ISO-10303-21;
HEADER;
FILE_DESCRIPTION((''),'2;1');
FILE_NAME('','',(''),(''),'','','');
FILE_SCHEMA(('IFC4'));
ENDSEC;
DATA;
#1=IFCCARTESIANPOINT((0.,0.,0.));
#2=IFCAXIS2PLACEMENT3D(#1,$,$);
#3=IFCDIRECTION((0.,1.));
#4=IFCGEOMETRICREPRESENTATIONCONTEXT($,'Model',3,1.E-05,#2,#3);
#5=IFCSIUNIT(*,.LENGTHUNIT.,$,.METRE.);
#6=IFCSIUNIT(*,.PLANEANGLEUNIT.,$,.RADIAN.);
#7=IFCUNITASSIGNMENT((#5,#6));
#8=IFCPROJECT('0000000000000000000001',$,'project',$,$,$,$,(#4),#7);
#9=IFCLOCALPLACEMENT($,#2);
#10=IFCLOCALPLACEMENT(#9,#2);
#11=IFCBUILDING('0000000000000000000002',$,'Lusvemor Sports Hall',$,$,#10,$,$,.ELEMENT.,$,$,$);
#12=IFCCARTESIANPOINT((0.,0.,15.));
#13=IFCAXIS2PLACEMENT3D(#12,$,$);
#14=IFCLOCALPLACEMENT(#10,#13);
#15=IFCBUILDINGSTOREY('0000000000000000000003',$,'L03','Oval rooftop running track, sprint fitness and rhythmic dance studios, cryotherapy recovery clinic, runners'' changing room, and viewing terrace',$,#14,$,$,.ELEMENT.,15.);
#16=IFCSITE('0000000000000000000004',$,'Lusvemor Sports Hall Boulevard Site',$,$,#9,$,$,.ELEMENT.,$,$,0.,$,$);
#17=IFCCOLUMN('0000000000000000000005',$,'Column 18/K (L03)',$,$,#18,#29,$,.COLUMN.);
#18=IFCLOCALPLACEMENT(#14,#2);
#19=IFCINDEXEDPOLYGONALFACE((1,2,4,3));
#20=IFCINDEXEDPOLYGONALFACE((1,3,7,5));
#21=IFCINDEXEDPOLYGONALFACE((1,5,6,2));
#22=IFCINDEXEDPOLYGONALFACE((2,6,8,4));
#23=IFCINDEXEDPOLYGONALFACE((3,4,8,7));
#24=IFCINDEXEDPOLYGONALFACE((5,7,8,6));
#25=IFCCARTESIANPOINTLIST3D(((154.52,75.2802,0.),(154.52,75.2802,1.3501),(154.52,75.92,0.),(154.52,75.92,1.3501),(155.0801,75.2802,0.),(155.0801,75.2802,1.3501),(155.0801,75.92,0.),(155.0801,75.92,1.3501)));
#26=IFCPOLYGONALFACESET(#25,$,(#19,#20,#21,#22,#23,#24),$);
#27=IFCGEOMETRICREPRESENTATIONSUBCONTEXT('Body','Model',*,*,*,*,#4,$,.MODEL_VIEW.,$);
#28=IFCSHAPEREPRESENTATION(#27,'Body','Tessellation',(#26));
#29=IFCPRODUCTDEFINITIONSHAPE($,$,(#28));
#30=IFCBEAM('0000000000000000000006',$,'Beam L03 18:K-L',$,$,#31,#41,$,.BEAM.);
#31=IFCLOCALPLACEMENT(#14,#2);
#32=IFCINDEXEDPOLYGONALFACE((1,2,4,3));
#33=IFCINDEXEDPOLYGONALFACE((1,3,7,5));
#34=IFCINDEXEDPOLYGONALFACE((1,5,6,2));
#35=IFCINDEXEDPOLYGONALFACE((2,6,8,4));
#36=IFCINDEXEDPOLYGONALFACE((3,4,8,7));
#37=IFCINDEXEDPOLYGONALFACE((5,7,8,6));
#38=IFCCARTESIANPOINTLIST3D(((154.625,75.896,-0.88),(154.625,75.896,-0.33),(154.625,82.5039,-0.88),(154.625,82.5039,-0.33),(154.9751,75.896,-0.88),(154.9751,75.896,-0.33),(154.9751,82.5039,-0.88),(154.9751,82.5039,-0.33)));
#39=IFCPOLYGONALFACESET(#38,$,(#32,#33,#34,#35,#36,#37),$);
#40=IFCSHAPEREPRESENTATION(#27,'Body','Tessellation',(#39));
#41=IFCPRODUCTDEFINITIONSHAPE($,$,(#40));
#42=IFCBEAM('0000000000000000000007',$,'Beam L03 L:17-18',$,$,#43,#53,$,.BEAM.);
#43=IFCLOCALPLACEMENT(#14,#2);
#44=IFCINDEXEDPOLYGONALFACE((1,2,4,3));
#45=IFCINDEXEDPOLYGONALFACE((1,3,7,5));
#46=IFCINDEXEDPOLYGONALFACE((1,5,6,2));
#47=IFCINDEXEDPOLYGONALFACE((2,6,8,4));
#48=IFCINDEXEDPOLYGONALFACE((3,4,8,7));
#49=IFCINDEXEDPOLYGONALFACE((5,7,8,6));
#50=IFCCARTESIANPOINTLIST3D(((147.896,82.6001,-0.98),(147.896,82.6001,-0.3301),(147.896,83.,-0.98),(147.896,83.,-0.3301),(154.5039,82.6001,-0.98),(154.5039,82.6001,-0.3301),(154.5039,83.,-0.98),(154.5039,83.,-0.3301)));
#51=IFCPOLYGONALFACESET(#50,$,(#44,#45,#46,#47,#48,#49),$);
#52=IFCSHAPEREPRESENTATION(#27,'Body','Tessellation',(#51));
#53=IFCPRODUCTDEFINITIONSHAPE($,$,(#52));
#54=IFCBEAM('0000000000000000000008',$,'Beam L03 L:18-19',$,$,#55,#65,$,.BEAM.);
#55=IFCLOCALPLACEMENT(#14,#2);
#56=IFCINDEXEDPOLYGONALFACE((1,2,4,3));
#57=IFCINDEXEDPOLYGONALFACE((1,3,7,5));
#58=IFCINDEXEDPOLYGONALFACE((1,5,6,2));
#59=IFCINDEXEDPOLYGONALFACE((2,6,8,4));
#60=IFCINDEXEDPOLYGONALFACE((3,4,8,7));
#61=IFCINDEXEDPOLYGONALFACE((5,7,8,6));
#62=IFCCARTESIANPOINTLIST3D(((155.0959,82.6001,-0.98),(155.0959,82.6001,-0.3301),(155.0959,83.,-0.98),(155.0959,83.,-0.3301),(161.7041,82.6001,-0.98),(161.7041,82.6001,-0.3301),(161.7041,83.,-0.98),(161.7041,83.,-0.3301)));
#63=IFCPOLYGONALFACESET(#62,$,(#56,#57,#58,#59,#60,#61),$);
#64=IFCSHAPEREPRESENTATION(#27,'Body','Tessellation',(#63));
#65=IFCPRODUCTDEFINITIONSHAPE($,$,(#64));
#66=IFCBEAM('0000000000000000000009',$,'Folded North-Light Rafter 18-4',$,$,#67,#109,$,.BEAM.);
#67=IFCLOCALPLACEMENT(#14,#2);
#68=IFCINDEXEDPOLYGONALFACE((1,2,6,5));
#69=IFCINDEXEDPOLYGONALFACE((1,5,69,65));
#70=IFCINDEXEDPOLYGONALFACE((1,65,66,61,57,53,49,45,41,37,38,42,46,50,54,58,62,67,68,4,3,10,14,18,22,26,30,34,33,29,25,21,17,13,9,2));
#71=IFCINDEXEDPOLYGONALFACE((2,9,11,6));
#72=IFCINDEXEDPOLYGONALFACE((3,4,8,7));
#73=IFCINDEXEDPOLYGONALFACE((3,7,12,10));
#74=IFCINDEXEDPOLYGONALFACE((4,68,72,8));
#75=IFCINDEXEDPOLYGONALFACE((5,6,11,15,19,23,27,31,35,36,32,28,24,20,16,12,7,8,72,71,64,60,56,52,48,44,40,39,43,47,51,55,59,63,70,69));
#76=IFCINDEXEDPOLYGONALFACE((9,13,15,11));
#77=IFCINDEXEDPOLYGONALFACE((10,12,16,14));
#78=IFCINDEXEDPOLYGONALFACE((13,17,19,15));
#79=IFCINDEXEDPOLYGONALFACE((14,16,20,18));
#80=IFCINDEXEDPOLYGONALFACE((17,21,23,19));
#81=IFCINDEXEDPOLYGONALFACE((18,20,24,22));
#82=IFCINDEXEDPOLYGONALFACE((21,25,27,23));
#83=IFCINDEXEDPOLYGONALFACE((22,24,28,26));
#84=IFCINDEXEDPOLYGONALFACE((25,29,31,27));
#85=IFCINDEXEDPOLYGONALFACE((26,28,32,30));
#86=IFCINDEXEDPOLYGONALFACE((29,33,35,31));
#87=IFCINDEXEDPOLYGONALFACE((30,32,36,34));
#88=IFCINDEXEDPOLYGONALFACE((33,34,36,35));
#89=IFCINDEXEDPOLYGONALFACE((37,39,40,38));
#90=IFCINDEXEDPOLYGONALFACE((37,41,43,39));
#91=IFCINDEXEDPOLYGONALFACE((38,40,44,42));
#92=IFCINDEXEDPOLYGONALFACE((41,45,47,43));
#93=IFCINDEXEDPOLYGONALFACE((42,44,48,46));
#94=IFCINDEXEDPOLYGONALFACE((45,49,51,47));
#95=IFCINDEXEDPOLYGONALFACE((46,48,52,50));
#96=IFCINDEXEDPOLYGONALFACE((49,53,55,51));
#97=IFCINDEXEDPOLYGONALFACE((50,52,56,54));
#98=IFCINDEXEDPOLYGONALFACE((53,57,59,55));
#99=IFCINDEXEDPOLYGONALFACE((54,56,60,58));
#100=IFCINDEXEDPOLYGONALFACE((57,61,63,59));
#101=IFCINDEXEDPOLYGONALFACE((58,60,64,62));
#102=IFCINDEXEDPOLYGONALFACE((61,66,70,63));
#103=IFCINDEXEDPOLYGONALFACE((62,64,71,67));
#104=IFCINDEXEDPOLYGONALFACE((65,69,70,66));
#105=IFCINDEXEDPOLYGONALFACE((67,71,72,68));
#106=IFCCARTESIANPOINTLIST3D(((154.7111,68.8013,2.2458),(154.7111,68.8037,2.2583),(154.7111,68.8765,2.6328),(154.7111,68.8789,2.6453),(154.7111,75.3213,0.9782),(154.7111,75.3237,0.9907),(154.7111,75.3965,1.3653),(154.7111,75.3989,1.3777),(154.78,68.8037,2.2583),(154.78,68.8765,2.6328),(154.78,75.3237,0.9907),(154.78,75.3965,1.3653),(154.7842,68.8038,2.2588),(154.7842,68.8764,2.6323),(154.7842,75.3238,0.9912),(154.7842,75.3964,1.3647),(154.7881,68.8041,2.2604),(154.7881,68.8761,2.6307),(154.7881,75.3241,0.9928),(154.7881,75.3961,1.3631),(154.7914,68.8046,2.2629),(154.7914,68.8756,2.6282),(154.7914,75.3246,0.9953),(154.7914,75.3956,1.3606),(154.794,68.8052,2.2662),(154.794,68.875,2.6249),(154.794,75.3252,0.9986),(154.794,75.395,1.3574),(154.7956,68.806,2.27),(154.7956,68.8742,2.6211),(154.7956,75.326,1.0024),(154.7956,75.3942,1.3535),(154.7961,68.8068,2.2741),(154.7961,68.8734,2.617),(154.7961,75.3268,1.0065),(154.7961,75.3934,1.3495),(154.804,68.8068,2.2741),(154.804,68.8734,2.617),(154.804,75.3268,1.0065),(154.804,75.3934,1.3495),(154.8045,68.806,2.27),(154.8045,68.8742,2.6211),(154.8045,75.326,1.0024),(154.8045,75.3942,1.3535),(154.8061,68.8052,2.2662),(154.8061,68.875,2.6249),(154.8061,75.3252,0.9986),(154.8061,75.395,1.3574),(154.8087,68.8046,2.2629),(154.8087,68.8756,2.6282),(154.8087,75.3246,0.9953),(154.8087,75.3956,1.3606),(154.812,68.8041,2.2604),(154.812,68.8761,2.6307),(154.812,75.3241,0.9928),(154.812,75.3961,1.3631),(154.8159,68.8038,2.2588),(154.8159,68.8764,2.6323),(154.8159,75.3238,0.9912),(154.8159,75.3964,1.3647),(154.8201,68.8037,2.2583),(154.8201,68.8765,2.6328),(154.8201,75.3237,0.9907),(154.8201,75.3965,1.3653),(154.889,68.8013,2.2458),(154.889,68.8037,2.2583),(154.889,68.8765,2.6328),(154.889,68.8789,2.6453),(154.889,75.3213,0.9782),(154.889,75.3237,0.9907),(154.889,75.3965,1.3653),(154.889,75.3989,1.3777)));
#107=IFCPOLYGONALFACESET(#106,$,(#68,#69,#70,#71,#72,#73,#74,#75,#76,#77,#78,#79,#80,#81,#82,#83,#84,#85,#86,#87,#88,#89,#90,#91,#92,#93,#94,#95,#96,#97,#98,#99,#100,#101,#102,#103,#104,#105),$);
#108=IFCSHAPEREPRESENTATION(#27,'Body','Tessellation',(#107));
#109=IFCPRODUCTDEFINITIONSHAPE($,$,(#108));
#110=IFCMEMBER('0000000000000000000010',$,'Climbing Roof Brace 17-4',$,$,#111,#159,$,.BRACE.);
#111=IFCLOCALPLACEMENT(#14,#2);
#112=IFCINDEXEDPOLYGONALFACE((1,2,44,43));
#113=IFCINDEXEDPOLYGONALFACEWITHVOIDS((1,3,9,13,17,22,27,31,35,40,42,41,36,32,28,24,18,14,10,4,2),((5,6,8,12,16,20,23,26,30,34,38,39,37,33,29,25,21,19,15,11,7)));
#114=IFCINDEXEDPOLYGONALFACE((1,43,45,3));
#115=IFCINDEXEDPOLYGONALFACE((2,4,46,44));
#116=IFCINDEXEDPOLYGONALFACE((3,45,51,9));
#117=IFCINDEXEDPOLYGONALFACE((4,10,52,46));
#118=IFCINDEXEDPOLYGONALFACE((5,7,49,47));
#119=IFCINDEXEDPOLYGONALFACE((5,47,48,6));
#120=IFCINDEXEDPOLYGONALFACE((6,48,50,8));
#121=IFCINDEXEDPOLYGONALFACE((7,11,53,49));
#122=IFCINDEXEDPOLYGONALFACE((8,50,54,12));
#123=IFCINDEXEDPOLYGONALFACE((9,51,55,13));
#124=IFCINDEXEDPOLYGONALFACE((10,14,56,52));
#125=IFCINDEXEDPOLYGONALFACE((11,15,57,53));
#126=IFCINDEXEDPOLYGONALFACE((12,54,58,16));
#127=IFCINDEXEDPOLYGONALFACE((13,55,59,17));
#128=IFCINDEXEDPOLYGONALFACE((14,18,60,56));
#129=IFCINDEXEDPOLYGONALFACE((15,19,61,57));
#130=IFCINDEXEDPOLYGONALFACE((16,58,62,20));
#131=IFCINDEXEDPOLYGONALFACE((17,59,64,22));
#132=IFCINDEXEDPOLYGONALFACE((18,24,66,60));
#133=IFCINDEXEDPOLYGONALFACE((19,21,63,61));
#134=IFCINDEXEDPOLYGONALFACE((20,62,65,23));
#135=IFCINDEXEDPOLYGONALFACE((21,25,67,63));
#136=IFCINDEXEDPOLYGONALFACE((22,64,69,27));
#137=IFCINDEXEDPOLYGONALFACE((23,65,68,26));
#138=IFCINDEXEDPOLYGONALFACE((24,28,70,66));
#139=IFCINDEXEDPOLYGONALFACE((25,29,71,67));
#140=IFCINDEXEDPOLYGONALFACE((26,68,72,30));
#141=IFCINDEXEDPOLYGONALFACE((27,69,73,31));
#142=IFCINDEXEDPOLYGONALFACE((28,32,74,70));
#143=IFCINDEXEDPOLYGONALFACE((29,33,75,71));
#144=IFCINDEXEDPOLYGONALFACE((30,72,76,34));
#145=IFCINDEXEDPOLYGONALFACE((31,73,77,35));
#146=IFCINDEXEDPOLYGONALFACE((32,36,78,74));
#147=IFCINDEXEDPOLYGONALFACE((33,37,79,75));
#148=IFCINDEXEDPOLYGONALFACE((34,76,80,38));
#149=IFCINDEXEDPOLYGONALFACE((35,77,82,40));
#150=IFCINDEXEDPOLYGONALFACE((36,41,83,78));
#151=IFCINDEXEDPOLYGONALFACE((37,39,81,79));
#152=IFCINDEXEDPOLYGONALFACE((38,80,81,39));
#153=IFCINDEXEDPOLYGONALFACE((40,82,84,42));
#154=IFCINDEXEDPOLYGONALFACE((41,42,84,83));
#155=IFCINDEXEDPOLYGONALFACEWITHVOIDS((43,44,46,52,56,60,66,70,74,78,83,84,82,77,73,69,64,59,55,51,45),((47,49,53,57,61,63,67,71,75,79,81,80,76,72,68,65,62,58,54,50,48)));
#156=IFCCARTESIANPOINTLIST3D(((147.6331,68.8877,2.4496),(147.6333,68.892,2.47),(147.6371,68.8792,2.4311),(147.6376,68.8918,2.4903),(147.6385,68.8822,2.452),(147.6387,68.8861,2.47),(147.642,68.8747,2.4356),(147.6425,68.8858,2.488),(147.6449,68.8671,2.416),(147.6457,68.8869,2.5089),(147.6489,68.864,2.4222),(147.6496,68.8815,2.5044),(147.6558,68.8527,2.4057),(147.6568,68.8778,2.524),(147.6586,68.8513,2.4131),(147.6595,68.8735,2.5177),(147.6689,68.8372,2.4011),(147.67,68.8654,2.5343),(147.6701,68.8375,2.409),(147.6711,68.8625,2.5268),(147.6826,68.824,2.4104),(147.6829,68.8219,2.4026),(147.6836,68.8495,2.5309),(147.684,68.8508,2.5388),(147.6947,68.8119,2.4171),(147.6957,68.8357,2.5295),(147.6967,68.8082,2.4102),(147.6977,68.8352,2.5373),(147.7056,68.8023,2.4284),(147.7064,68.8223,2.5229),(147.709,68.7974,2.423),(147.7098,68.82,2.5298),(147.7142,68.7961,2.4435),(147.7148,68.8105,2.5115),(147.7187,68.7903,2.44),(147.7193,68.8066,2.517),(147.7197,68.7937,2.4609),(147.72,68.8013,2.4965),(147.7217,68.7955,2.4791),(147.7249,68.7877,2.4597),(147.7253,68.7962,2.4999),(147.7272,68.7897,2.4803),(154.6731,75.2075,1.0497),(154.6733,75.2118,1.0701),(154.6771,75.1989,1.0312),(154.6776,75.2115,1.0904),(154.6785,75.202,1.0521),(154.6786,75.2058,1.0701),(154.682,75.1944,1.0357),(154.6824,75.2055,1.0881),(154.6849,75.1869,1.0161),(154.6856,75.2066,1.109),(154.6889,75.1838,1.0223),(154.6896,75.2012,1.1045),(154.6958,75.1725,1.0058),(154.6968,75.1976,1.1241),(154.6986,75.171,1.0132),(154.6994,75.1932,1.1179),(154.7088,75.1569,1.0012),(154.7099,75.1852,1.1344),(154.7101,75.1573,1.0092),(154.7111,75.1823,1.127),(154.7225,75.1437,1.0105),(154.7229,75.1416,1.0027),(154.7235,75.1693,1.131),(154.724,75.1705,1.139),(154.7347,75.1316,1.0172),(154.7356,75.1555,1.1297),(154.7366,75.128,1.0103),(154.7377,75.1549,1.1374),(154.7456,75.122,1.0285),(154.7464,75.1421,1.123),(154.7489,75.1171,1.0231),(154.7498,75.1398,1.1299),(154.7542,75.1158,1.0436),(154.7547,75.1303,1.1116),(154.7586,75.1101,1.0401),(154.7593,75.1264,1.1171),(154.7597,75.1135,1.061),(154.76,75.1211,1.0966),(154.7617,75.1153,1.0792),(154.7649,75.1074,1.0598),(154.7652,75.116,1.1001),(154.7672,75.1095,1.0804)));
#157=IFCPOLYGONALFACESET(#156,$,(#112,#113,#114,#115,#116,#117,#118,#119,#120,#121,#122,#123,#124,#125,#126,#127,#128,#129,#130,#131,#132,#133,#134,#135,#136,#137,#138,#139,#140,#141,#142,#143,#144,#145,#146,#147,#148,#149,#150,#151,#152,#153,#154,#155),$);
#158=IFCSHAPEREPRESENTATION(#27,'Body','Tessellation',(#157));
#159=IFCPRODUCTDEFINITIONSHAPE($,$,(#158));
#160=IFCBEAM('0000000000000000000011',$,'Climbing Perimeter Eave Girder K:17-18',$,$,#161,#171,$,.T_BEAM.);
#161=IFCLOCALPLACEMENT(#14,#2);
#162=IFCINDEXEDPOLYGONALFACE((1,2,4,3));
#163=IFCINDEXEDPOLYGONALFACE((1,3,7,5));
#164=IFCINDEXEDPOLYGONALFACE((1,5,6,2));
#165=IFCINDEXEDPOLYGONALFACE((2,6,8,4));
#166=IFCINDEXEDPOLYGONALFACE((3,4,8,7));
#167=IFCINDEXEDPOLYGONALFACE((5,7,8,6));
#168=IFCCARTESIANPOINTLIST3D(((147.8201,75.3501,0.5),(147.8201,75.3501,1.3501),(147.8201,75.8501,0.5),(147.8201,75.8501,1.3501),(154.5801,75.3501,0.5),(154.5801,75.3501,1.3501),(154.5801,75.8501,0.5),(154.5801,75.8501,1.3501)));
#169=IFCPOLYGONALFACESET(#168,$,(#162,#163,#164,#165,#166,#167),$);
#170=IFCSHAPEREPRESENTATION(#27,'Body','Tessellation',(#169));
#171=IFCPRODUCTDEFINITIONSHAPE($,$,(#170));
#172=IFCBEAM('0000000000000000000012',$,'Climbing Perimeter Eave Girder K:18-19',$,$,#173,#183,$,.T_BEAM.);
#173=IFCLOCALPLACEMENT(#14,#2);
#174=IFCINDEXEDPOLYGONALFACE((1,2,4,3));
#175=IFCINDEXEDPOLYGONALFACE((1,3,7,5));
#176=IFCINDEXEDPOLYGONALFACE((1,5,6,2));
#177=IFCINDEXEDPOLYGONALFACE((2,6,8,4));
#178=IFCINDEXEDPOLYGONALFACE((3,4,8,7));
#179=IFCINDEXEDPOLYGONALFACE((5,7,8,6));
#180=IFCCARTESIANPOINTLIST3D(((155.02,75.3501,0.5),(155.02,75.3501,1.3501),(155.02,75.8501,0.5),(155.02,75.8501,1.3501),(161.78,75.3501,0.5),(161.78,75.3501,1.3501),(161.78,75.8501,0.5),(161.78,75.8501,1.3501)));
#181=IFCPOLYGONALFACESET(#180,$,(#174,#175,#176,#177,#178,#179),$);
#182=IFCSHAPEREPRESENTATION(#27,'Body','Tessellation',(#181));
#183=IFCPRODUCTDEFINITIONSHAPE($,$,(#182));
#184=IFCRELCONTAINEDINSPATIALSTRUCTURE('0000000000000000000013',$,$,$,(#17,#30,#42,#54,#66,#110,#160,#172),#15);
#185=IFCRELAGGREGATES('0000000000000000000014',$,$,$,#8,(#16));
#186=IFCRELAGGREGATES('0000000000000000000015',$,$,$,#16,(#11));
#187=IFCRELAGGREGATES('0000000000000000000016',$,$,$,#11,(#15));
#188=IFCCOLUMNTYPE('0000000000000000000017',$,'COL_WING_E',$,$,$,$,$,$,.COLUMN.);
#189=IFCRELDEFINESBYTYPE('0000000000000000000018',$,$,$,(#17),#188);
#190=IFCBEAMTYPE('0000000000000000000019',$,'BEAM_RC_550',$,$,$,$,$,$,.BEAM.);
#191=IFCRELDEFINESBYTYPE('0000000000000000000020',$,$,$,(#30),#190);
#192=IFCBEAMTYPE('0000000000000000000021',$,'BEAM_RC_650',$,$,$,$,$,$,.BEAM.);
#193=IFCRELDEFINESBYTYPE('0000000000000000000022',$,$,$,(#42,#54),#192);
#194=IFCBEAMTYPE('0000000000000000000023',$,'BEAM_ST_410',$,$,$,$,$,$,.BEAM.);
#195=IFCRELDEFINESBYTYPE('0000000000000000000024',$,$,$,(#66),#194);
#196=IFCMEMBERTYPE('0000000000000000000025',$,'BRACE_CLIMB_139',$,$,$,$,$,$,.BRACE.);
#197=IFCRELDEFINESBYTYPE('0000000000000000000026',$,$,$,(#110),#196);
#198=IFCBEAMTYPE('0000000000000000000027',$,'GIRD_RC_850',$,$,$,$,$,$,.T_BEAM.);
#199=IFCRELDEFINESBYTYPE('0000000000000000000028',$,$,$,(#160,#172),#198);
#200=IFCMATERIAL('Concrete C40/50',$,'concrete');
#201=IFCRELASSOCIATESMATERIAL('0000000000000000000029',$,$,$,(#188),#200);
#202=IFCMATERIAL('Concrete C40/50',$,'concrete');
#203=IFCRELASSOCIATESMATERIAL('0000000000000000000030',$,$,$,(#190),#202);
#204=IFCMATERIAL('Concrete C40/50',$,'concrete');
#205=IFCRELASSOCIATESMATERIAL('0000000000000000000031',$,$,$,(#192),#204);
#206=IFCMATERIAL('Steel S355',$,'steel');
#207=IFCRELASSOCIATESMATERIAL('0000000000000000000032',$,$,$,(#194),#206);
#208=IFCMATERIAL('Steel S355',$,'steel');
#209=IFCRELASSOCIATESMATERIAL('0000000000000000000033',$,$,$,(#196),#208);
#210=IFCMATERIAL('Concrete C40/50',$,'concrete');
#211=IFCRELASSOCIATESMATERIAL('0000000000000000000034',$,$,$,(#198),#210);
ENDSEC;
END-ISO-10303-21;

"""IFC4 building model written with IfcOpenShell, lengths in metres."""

from ifc_helpers import new_model, si_unit, direction, frame, origin, origin_2d, place, context, subcontext, project, spatial, rectangle, hollow_circle, i_section, extrude, material, material_profile, profile_set, type_object, element, save


model = new_model("IFC4")

# Units and contexts
model_context = context("Model", 3, precision=1e-05, world=origin(), true_north=direction((0.0, 1.0)))
body_context = subcontext(model_context, "Body", "Model", "MODEL_VIEW")
ifc_project = project(units=[si_unit("LENGTHUNIT", "METRE"), si_unit("PLANEANGLEUNIT", "RADIAN")], contexts=[model_context])

# Site, building, storey
site_placement = place(None, origin())
site = spatial("IfcSite", under=ifc_project, at=site_placement, Name="Lusvemor Sports Hall Boulevard Site", CompositionType="ELEMENT", RefElevation=0.0)
building_placement = place(site_placement, origin())
building = spatial("IfcBuilding", under=site, at=building_placement, Name="Lusvemor Sports Hall", CompositionType="ELEMENT")
storey_placement = place(building_placement, frame((0.0, 0.0, 15.0)))
storey = spatial("IfcBuildingStorey", under=building, at=storey_placement, Name="L03", Description="Oval rooftop running track, sprint fitness and rhythmic dance studios, cryotherapy recovery clinic, runners' changing room, and viewing terrace", CompositionType="ELEMENT", Elevation=15.0)

# Column
ifc_material_1 = material(Name="Concrete C40/50", Category="concrete")
ifc_material_profile_1 = material_profile(ifc_material_1, rectangle(XDim=0.5601, YDim=0.6399, at=origin_2d()), Name="RC560x640")
ifc_profile_set_1 = profile_set([ifc_material_profile_1], Name="Concrete C40/50")
column_type = type_object("IfcColumnType", Name="COL_WING_E", PredefinedType="COLUMN", material=ifc_profile_set_1)
column_placement = place(storey_placement, frame((154.8, 75.6001, 0.0), z_axis=(0.0, 0.0, 1.0), x_axis=(1.0, 0.0, 0.0)))
element("IfcColumn", 1, at=column_placement, inside=storey, type_object=column_type, Name="Column 18/K (L03)", PredefinedType="COLUMN", context=body_context, shape_type="SweptSolid", body=[
    extrude(rectangle(XDim=0.5601, YDim=0.6399, at=origin_2d()), origin(), (0.0, 0.0, 1.0), 1.3501),
])

# Beams
ifc_material_2 = material(Name="Concrete C40/50", Category="concrete")
ifc_material_profile_2 = material_profile(ifc_material_2, rectangle(XDim=0.3501, YDim=0.55, at=origin_2d()), Name="RC350x550")
ifc_profile_set_2 = profile_set([ifc_material_profile_2], Name="Concrete C40/50")
beam_type_1 = type_object("IfcBeamType", Name="BEAM_RC_550", PredefinedType="BEAM", material=ifc_profile_set_2)
beam_1_placement = place(storey_placement, frame((154.8, 75.896, -0.605), z_axis=(0.0, 1.0, 0.0), x_axis=(-1.0, 0.0, 0.0)))
element("IfcBeam", 2, at=beam_1_placement, inside=storey, type_object=beam_type_1, Name="Beam L03 18:K-L", PredefinedType="BEAM", context=body_context, shape_type="SweptSolid", body=[
    extrude(rectangle(XDim=0.3501, YDim=0.55, at=origin_2d()), origin(), (0.0, 0.0, 1.0), 6.6079),
])
ifc_material_3 = material(Name="Concrete C40/50", Category="concrete")
ifc_material_profile_3 = material_profile(ifc_material_3, rectangle(XDim=0.3999, YDim=0.6499, at=origin_2d()), Name="RC400x650")
ifc_profile_set_3 = profile_set([ifc_material_profile_3], Name="Concrete C40/50")
beam_type_2 = type_object("IfcBeamType", Name="BEAM_RC_650", PredefinedType="BEAM", material=ifc_profile_set_3)
beam_2_placement = place(storey_placement, frame((147.896, 82.8, -0.655), z_axis=(1.0, 0.0, 0.0), x_axis=(0.0, 1.0, 0.0)))
element("IfcBeam", 3, at=beam_2_placement, inside=storey, type_object=beam_type_2, Name="Beam L03 L:17-18", PredefinedType="BEAM", context=body_context, shape_type="SweptSolid", body=[
    extrude(rectangle(XDim=0.3999, YDim=0.6499, at=origin_2d()), origin(), (0.0, 0.0, 1.0), 6.6079),
])
beam_3_placement = place(storey_placement, frame((155.0959, 82.8, -0.655), z_axis=(1.0, 0.0, 0.0), x_axis=(0.0, 1.0, 0.0)))
element("IfcBeam", 4, at=beam_3_placement, inside=storey, type_object=beam_type_2, Name="Beam L03 L:18-19", PredefinedType="BEAM", context=body_context, shape_type="SweptSolid", body=[
    extrude(rectangle(XDim=0.3999, YDim=0.6499, at=origin_2d()), origin(), (0.0, 0.0, 1.0), 6.6082),
])
ifc_material_4 = material(Name="Steel S355", Category="steel")
ifc_material_profile_4 = material_profile(ifc_material_4, i_section(OverallWidth=0.178, OverallDepth=0.407, WebThickness=0.0078, FlangeThickness=0.0127, FilletRadius=0.0161, at=origin_2d()), Name="W410x60.0")
ifc_profile_set_4 = profile_set([ifc_material_profile_4], Name="Steel S355")
beam_type_3 = type_object("IfcBeamType", Name="BEAM_ST_410", PredefinedType="BEAM", material=ifc_profile_set_4)
beam_4_placement = place(storey_placement, frame((154.8, 68.8401, 2.4456), z_axis=(0.0, 0.981621, -0.19084), x_axis=(-1.0, 0.0, 0.0)))
element("IfcBeam", 5, at=beam_4_placement, inside=storey, type_object=beam_type_3, Name="Folded North-Light Rafter 18-4", PredefinedType="BEAM", context=body_context, shape_type="SweptSolid", body=[
    extrude(i_section(OverallWidth=0.178, OverallDepth=0.407, WebThickness=0.0078, FlangeThickness=0.0127, FilletRadius=0.0161, at=origin_2d()), origin(), (0.0, 0.0, 1.0), 6.6421),
])

# Member
ifc_material_5 = material(Name="Steel S355", Category="steel")
ifc_material_profile_5 = material_profile(ifc_material_5, hollow_circle(Radius=0.0698, WallThickness=0.0081, at=origin_2d()), Name="CHS139.7x8.0")
ifc_profile_set_5 = profile_set([ifc_material_profile_5], Name="Steel S355")
member_type_1 = type_object("IfcMemberType", Name="BRACE_CLIMB_139", PredefinedType="BRACE", material=ifc_profile_set_5)
member_placement = place(storey_placement, frame((147.6799, 68.8401, 2.47), z_axis=(0.73613, 0.660822, -0.146378), x_axis=(-0.668017, 0.744146, 0.0)))
element("IfcMember", 6, at=member_placement, inside=storey, type_object=member_type_1, Name="Climbing Roof Brace 17-4", PredefinedType="BRACE", context=body_context, shape_type="SweptSolid", body=[
    extrude(hollow_circle(Radius=0.0698, WallThickness=0.0081, at=origin_2d()), origin(), (0.0, 0.0, 1.0), 9.5635),
])

# Beams
ifc_material_6 = material(Name="Concrete C40/50", Category="concrete")
ifc_material_profile_6 = material_profile(ifc_material_6, rectangle(XDim=0.5, YDim=0.8501, at=origin_2d()), Name="RC500x850")
ifc_profile_set_6 = profile_set([ifc_material_profile_6], Name="Concrete C40/50")
beam_type_4 = type_object("IfcBeamType", Name="GIRD_RC_850", PredefinedType="T_BEAM", material=ifc_profile_set_6)
for number, where, z_axis, x_axis, name in (
    (7, (147.8201, 75.6001, 0.925), (1.0, 0.0, 0.0), (0.0, 1.0, 0.0), "Climbing Perimeter Eave Girder K:17-18"),
    (8, (155.02, 75.6001, 0.925), (1.0, 0.0, 0.0), (0.0, 1.0, 0.0), "Climbing Perimeter Eave Girder K:18-19"),
):
    element("IfcBeam", number, at=place(storey_placement, frame(where, z_axis=z_axis, x_axis=x_axis)), inside=storey, type_object=beam_type_4, Name=name, PredefinedType="T_BEAM", context=body_context, shape_type="SweptSolid", body=[
        extrude(rectangle(XDim=0.5, YDim=0.8501, at=origin_2d()), origin(), (0.0, 0.0, 1.0), 6.76),
    ])

save(model, "model.ifc")
